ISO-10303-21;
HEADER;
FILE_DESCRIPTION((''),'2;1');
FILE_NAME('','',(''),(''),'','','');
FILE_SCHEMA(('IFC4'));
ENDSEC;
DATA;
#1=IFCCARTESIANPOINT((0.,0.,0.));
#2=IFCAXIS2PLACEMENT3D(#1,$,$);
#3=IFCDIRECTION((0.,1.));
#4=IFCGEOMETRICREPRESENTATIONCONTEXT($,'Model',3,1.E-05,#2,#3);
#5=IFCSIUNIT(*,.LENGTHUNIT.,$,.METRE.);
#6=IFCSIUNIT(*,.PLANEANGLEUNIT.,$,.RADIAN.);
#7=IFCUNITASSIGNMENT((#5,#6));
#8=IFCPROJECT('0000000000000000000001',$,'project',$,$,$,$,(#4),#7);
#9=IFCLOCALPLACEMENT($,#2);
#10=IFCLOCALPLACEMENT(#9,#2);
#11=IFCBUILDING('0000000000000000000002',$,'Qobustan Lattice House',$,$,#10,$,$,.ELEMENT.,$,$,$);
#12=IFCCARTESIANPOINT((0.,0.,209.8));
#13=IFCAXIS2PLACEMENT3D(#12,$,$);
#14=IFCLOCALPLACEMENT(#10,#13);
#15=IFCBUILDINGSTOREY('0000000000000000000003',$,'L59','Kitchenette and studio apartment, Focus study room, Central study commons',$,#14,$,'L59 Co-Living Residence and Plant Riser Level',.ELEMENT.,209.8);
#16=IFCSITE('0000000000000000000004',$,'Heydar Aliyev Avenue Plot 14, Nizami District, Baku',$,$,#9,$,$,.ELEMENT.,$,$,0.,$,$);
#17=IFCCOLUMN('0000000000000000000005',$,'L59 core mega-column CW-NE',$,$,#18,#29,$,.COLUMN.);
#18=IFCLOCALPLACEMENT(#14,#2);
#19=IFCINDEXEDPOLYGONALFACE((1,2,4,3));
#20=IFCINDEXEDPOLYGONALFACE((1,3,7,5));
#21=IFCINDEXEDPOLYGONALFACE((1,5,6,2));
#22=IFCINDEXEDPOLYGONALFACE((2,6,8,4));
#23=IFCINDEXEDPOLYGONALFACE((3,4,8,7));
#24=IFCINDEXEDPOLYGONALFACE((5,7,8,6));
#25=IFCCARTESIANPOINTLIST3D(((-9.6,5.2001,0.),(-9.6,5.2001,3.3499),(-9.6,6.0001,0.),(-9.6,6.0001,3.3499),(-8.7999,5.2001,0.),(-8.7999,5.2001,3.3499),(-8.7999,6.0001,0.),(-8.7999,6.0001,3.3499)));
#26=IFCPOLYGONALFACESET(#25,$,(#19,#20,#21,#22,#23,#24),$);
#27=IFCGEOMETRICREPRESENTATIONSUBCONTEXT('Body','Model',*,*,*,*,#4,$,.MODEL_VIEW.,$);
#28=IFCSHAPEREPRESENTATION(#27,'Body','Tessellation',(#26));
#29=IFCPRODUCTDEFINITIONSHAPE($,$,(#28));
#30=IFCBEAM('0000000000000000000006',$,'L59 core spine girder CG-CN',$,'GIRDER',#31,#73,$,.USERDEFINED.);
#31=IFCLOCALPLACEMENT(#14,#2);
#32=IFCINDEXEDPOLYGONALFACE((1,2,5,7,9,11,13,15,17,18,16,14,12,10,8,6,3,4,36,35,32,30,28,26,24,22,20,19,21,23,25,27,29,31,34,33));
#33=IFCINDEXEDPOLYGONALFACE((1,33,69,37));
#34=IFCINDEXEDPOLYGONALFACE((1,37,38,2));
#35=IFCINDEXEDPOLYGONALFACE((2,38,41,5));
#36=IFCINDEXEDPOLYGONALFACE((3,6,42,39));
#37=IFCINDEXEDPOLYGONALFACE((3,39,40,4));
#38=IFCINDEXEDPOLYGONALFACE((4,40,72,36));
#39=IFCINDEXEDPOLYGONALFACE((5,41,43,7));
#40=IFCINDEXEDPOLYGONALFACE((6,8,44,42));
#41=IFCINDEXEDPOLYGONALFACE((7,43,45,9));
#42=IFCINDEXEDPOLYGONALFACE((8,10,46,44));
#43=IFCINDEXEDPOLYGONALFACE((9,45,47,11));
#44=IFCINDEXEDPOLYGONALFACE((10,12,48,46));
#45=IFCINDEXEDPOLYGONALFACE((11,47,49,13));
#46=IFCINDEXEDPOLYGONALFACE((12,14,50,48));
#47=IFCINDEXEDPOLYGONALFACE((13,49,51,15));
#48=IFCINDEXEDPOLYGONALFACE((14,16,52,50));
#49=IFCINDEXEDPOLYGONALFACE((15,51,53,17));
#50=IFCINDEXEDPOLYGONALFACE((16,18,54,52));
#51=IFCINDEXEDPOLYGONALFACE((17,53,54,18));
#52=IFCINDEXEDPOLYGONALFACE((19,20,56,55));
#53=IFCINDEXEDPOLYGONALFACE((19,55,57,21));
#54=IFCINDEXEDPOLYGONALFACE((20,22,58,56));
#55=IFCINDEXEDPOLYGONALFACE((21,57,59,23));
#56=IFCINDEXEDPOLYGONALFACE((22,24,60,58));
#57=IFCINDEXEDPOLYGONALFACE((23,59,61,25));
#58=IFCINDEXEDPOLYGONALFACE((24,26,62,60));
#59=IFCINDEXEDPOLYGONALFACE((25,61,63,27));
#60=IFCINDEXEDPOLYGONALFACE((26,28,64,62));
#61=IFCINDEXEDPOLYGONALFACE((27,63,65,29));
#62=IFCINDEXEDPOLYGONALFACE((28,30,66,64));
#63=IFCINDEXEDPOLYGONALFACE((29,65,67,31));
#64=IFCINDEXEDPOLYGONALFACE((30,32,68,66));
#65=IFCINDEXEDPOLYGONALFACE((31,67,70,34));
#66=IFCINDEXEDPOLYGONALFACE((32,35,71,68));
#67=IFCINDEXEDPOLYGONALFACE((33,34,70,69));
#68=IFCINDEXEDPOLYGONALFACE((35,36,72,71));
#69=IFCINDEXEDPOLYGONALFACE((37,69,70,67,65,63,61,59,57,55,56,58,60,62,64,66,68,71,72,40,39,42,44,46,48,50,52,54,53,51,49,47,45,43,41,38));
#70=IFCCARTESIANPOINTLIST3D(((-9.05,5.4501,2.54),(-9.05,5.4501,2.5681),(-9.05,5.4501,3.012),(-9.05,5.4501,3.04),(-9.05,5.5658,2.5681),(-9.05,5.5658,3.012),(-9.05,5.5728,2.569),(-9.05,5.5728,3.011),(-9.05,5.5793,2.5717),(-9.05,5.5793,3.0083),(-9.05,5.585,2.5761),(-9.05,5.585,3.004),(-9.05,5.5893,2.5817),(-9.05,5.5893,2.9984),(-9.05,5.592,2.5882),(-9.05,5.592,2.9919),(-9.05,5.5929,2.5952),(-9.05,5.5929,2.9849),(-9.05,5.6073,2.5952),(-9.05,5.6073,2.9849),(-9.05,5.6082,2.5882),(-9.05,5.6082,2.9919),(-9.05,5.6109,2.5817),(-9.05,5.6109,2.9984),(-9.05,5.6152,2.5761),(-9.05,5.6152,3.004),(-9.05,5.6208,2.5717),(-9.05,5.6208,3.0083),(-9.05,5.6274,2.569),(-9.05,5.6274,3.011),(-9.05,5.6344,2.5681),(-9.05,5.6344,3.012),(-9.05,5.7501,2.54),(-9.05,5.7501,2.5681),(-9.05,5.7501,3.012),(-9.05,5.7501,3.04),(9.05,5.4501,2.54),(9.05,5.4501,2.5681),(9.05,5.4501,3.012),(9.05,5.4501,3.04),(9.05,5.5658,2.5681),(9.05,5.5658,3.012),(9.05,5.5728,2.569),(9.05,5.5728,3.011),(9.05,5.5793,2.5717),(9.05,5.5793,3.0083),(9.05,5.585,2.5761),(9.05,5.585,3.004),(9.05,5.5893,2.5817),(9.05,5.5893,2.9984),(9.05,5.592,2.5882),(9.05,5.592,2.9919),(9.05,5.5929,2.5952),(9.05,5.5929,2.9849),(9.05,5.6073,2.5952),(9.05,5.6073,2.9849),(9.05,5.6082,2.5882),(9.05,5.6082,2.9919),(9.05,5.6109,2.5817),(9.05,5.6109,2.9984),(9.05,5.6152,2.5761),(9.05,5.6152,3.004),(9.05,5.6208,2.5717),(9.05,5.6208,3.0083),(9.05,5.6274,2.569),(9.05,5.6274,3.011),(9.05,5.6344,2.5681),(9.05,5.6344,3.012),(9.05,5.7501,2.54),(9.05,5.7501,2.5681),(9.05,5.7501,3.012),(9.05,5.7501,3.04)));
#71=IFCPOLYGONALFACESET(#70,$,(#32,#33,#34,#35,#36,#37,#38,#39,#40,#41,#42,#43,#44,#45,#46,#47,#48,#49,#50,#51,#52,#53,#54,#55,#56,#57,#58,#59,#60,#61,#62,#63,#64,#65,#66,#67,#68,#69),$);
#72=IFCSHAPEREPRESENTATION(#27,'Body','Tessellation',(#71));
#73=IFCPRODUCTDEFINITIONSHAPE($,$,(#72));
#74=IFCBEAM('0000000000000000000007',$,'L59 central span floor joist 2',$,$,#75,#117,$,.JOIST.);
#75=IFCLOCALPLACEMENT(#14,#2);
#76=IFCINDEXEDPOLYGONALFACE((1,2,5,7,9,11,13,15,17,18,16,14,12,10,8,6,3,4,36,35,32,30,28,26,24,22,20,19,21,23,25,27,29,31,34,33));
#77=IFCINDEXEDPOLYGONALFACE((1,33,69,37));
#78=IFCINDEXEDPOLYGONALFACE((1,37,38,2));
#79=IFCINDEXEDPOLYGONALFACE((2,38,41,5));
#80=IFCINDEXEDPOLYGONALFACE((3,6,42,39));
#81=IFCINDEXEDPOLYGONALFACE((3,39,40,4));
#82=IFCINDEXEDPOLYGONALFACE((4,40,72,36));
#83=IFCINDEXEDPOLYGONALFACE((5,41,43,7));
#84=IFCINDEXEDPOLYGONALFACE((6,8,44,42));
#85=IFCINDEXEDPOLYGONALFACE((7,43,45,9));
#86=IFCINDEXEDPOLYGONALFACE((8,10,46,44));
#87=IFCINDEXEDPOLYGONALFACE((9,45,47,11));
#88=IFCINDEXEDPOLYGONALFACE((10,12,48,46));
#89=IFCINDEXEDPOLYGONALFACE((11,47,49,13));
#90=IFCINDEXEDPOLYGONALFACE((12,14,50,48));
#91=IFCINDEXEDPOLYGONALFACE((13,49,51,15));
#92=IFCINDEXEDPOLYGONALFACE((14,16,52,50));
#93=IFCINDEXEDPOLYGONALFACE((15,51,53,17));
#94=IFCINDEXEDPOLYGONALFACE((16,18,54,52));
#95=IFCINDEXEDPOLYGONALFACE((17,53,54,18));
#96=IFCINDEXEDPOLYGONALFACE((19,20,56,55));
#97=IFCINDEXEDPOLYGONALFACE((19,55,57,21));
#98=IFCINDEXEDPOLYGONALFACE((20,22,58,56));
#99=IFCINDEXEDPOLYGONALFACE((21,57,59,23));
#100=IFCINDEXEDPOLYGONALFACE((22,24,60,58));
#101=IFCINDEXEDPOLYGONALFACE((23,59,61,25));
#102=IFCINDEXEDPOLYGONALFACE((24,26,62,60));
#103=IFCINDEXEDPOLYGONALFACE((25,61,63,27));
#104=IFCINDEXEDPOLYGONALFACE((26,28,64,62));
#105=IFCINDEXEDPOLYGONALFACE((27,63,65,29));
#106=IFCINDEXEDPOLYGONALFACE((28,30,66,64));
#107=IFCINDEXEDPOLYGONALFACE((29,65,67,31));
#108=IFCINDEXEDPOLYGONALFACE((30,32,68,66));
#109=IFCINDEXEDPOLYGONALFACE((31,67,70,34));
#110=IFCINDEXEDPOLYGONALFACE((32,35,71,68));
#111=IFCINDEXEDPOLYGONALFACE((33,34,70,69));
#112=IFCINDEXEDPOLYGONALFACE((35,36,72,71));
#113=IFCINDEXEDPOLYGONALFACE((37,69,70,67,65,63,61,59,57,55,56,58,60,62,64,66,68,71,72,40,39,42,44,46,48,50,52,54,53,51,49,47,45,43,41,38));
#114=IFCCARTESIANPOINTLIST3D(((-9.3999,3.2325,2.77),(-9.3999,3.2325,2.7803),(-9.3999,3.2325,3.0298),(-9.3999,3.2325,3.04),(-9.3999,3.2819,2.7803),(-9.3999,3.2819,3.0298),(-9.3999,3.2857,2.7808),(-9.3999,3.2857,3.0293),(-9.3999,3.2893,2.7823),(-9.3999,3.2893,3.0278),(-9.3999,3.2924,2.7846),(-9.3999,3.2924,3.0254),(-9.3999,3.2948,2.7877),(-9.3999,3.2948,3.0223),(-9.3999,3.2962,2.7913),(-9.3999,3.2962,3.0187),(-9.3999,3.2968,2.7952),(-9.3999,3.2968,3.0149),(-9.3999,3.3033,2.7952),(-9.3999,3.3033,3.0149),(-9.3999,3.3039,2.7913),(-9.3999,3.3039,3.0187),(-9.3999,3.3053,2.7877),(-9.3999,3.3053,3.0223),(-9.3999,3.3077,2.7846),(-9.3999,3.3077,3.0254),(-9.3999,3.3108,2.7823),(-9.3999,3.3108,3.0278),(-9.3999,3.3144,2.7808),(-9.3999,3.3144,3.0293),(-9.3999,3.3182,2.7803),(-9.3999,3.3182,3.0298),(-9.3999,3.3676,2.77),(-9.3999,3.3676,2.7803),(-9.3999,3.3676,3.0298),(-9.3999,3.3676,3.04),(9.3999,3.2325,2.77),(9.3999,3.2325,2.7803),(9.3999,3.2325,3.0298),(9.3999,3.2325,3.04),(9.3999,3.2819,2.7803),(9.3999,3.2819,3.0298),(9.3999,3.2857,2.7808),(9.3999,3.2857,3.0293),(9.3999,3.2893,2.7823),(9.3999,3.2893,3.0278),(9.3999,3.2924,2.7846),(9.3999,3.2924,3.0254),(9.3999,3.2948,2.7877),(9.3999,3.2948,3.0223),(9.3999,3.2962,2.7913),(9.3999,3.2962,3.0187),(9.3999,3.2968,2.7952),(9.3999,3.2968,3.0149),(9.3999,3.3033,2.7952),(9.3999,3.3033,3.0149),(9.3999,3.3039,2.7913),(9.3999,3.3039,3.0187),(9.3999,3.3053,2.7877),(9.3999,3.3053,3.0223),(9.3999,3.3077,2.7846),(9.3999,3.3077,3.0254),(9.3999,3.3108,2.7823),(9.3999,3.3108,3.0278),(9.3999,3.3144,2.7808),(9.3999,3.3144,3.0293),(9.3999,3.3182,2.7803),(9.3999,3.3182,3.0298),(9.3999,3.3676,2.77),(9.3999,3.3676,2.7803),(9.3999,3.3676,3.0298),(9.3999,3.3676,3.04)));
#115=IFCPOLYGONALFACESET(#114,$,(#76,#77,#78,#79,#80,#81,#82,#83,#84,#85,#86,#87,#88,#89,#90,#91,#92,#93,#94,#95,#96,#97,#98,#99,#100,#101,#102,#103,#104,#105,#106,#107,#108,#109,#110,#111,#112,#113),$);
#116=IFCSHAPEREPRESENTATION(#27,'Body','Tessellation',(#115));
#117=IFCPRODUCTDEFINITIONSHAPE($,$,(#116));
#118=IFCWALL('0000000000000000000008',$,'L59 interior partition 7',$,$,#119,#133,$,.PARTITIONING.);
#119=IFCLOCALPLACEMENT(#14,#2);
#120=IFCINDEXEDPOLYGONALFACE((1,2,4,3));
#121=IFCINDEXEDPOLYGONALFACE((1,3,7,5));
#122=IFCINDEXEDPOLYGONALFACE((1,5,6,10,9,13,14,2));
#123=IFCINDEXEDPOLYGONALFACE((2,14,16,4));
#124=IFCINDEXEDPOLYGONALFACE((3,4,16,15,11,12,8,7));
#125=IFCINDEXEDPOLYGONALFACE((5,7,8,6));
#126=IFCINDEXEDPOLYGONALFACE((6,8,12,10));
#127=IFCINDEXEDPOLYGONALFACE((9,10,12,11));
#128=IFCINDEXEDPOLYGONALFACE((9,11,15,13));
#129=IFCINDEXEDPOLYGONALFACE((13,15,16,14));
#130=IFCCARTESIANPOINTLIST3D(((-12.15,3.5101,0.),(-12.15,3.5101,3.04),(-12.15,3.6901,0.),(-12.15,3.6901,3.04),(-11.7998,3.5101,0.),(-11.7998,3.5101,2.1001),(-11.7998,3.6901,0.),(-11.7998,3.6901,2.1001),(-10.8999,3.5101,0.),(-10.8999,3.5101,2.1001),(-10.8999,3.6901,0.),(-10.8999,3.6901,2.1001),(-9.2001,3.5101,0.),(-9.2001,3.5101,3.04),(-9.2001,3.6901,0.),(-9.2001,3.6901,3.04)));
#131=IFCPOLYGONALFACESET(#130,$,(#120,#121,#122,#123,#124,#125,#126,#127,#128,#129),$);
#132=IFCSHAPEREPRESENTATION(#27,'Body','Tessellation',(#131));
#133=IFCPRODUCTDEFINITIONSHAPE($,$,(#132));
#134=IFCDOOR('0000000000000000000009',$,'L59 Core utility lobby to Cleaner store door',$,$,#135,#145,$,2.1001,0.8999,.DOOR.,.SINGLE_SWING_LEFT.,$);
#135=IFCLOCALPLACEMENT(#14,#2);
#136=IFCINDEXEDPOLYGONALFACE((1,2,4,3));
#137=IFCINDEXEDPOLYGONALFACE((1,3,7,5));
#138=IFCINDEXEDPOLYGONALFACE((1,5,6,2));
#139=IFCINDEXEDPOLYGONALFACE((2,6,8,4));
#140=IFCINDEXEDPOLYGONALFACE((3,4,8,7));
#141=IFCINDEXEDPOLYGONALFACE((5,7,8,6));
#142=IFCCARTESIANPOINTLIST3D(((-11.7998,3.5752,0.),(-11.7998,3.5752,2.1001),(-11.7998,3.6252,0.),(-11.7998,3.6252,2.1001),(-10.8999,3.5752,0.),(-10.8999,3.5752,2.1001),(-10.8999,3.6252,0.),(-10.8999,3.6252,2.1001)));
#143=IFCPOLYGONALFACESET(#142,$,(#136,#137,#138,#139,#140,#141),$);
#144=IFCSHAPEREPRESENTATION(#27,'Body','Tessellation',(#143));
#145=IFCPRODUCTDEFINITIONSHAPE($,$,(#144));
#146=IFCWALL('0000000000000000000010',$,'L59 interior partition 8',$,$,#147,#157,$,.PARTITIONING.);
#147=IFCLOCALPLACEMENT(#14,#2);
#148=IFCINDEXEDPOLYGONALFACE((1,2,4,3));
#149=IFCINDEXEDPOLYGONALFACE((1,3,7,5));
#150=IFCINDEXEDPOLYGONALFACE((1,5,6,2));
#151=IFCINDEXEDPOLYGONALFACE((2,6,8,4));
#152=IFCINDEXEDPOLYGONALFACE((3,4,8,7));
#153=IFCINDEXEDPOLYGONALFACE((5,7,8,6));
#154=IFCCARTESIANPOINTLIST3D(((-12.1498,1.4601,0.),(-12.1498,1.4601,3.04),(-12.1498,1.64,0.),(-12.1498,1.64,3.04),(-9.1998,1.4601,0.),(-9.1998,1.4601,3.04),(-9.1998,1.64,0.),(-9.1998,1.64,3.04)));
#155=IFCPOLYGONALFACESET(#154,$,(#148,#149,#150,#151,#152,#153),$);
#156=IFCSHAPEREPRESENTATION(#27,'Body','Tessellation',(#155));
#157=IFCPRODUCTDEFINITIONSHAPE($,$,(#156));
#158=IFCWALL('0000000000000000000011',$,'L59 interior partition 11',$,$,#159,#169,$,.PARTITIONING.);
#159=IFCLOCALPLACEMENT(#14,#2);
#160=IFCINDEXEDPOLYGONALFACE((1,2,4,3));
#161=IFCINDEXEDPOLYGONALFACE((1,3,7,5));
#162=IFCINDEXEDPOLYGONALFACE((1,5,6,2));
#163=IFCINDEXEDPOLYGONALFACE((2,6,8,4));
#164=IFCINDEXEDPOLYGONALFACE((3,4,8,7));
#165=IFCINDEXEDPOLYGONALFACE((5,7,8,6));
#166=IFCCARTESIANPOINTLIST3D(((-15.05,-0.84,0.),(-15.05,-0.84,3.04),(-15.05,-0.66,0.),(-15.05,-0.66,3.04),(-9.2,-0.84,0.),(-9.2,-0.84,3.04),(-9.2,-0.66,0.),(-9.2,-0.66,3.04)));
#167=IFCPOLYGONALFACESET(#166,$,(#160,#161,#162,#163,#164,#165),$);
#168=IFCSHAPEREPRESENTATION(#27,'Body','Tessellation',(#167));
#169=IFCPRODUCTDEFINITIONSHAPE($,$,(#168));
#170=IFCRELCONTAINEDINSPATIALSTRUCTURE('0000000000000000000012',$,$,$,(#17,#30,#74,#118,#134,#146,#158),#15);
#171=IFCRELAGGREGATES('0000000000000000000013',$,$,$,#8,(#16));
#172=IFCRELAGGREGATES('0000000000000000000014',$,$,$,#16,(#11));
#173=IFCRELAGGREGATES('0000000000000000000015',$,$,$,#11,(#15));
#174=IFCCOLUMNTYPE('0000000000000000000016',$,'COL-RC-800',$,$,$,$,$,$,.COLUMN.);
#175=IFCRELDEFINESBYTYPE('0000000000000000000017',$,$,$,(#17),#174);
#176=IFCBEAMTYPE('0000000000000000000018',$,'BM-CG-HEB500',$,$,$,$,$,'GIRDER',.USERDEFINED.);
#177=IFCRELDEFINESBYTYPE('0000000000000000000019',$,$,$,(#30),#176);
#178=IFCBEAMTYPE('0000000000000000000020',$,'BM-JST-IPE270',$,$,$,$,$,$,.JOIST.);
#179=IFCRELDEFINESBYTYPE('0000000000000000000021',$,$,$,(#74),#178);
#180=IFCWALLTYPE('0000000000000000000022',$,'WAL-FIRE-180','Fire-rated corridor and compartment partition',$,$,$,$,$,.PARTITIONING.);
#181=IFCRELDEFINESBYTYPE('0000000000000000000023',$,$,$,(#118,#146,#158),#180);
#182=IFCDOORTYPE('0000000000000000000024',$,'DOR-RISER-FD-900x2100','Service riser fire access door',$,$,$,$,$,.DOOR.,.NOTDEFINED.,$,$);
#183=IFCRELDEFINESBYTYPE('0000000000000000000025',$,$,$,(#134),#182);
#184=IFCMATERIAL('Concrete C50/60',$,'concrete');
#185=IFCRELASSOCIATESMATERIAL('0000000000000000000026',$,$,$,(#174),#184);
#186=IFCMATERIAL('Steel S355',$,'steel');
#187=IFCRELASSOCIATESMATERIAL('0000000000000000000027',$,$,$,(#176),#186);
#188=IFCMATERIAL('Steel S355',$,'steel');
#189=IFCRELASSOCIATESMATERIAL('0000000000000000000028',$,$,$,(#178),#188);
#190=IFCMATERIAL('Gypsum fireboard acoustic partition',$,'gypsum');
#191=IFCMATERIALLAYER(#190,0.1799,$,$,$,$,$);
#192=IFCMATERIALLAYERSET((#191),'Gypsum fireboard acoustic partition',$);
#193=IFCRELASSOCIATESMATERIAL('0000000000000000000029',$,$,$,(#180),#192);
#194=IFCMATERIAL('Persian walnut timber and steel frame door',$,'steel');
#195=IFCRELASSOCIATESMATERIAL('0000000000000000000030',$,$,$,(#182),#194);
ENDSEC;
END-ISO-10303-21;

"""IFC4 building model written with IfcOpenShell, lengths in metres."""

from ifc_helpers import new_model, si_unit, direction, frame, frame_2d, origin, origin_2d, place, context, subcontext, project, spatial, rectangle, i_section, extrude, material, layer, layer_set, material_profile, profile_set, type_object, element, fill, save


model = new_model("IFC4")

# Units and contexts
model_context = context("Model", 3, precision=1e-05, world=origin(), true_north=direction((0.0, 1.0)))
body_context = subcontext(model_context, "Body", "Model", "MODEL_VIEW")
ifc_project = project(units=[si_unit("LENGTHUNIT", "METRE"), si_unit("PLANEANGLEUNIT", "RADIAN")], contexts=[model_context])

# Site, building, storey
site_placement = place(None, origin())
site = spatial("IfcSite", under=ifc_project, at=site_placement, Name="Heydar Aliyev Avenue Plot 14, Nizami District, Baku", CompositionType="ELEMENT", RefElevation=0.0)
building_placement = place(site_placement, origin())
building = spatial("IfcBuilding", under=site, at=building_placement, Name="Qobustan Lattice House", CompositionType="ELEMENT")
storey_placement = place(building_placement, frame((0.0, 0.0, 209.8)))
storey = spatial("IfcBuildingStorey", under=building, at=storey_placement, Name="L59", Description="Kitchenette and studio apartment, Focus study room, Central study commons", LongName="L59 Co-Living Residence and Plant Riser Level", CompositionType="ELEMENT", Elevation=209.8)

# Column
ifc_material_1 = material(Name="Concrete C50/60", Category="concrete")
ifc_material_profile_1 = material_profile(ifc_material_1, rectangle(XDim=0.8, YDim=0.8, at=origin_2d()), Name="RC800x800")
ifc_profile_set_1 = profile_set([ifc_material_profile_1], Name="Concrete C50/60")
column_type = type_object("IfcColumnType", Name="COL-RC-800", PredefinedType="COLUMN", material=ifc_profile_set_1)
column_placement = place(storey_placement, frame((-9.2, 5.6001, 0.0), z_axis=(0.0, 0.0, 1.0), x_axis=(1.0, 0.0, 0.0)))
element("IfcColumn", 1, at=column_placement, inside=storey, type_object=column_type, Name="L59 core mega-column CW-NE", PredefinedType="COLUMN", context=body_context, shape_type="SweptSolid", body=[
    extrude(rectangle(XDim=0.8, YDim=0.8, at=origin_2d()), origin(), (0.0, 0.0, 1.0), 3.3499),
])

# Beams
ifc_material_2 = material(Name="Steel S355", Category="steel")
ifc_material_profile_2 = material_profile(ifc_material_2, i_section(OverallWidth=0.3, OverallDepth=0.5, WebThickness=0.0144, FlangeThickness=0.0281, FilletRadius=0.0271, at=origin_2d()), Name="HEB500")
ifc_profile_set_2 = profile_set([ifc_material_profile_2], Name="Steel S355")
beam_type_1 = type_object("IfcBeamType", Name="BM-CG-HEB500", ElementType="GIRDER", PredefinedType="USERDEFINED", material=ifc_profile_set_2)
beam_1_placement = place(storey_placement, frame((-9.05, 5.6001, 2.79), z_axis=(1.0, 0.0, 0.0), x_axis=(0.0, 1.0, 0.0)))
element("IfcBeam", 2, at=beam_1_placement, inside=storey, type_object=beam_type_1, Name="L59 core spine girder CG-CN", ObjectType="GIRDER", PredefinedType="USERDEFINED", context=body_context, shape_type="SweptSolid", body=[
    extrude(i_section(OverallWidth=0.3, OverallDepth=0.5, WebThickness=0.0144, FlangeThickness=0.0281, FilletRadius=0.0271, at=origin_2d()), origin(), (0.0, 0.0, 1.0), 18.1001),
])
ifc_material_3 = material(Name="Steel S355", Category="steel")
ifc_material_profile_3 = material_profile(ifc_material_3, i_section(OverallWidth=0.135, OverallDepth=0.27, WebThickness=0.0066, FlangeThickness=0.0103, FilletRadius=0.0149, at=origin_2d()), Name="IPE270")
ifc_profile_set_3 = profile_set([ifc_material_profile_3], Name="Steel S355")
beam_type_2 = type_object("IfcBeamType", Name="BM-JST-IPE270", PredefinedType="JOIST", material=ifc_profile_set_3)
beam_2_placement = place(storey_placement, frame((-9.3999, 3.3, 2.905), z_axis=(1.0, 0.0, 0.0), x_axis=(0.0, 1.0, 0.0)))
element("IfcBeam", 3, at=beam_2_placement, inside=storey, type_object=beam_type_2, Name="L59 central span floor joist 2", PredefinedType="JOIST", context=body_context, shape_type="SweptSolid", body=[
    extrude(i_section(OverallWidth=0.135, OverallDepth=0.27, WebThickness=0.0066, FlangeThickness=0.0103, FilletRadius=0.0149, at=origin_2d()), origin(), (0.0, 0.0, 1.0), 18.7998),
])

# Wall, opening, door
ifc_material_4 = material(Name="Gypsum fireboard acoustic partition", Category="gypsum")
ifc_layer_1 = layer(ifc_material_4, 0.1799)
ifc_layer_set_1 = layer_set([ifc_layer_1], Name="Gypsum fireboard acoustic partition")
wall_type_1 = type_object("IfcWallType", Name="WAL-FIRE-180", Description="Fire-rated corridor and compartment partition", PredefinedType="PARTITIONING", material=ifc_layer_set_1)
wall_1_placement = place(storey_placement, frame((-9.2, 3.6001, 0.0), z_axis=(0.0, 0.0, 1.0), x_axis=(-1.0, 0.0, 0.0)))
wall_1 = element("IfcWall", 4, at=wall_1_placement, inside=storey, type_object=wall_type_1, Name="L59 interior partition 7", PredefinedType="PARTITIONING", context=body_context, shape_type="SweptSolid", body=[
    extrude(rectangle(XDim=2.95, YDim=0.1799, at=frame_2d((1.4751, 0.0))), origin(), (0.0, 0.0, 1.0), 3.04),
])
opening_1_placement = place(wall_1_placement, frame((1.7, 0.0, 0.0)))
opening_1 = element("IfcOpeningElement", 5, at=opening_1_placement, cuts=wall_1, PredefinedType="OPENING", context=body_context, shape_type="SweptSolid", body=[
    extrude(rectangle(XDim=0.8999, YDim=2.1001, at=frame_2d((0.45, 1.05))), frame((0.0, 0.0999, 0.0), z_axis=(0.0, -1.0, 0.0), x_axis=(1.0, 0.0, 0.0)), (0.0, 0.0, 1.0), 0.2),
])
ifc_material_5 = material(Name="Persian walnut timber and steel frame door", Category="steel")
door_type_1 = type_object("IfcDoorType", Name="DOR-RISER-FD-900x2100", Description="Service riser fire access door", OperationType="NOTDEFINED", PredefinedType="DOOR", material=ifc_material_5)
door_1_placement = place(opening_1_placement, origin())
door_1 = element("IfcDoor", 6, at=door_1_placement, inside=storey, type_object=door_type_1, Name="L59 Core utility lobby to Cleaner store door", OperationType="SINGLE_SWING_LEFT", OverallHeight=2.1001, OverallWidth=0.8999, PredefinedType="DOOR", context=body_context, shape_type="SweptSolid", body=[
    extrude(rectangle(XDim=0.8999, YDim=2.1001, at=frame_2d((0.45, 1.05))), frame((0.0, 0.0249, 0.0), z_axis=(0.0, -1.0, 0.0), x_axis=(1.0, 0.0, 0.0)), (0.0, 0.0, 1.0), 0.05),
])
fill(opening_1, door_1)

# Walls
wall_2_placement = place(storey_placement, frame((-12.1499, 1.55, 0.0), z_axis=(0.0, 0.0, 1.0), x_axis=(1.0, 0.0, 0.0)))
element("IfcWall", 7, at=wall_2_placement, inside=storey, type_object=wall_type_1, Name="L59 interior partition 8", PredefinedType="PARTITIONING", context=body_context, shape_type="SweptSolid", body=[
    extrude(rectangle(XDim=2.95, YDim=0.1799, at=frame_2d((1.4751, 0.0))), origin(), (0.0, 0.0, 1.0), 3.04),
])
wall_3_placement = place(storey_placement, frame((-9.2, -0.75, 0.0), z_axis=(0.0, 0.0, 1.0), x_axis=(-1.0, 0.0, 0.0)))
element("IfcWall", 8, at=wall_3_placement, inside=storey, type_object=wall_type_1, Name="L59 interior partition 11", PredefinedType="PARTITIONING", context=body_context, shape_type="SweptSolid", body=[
    extrude(rectangle(XDim=5.8501, YDim=0.1799, at=frame_2d((2.925, 0.0))), origin(), (0.0, 0.0, 1.0), 3.04),
])

save(model, "model.ifc")
